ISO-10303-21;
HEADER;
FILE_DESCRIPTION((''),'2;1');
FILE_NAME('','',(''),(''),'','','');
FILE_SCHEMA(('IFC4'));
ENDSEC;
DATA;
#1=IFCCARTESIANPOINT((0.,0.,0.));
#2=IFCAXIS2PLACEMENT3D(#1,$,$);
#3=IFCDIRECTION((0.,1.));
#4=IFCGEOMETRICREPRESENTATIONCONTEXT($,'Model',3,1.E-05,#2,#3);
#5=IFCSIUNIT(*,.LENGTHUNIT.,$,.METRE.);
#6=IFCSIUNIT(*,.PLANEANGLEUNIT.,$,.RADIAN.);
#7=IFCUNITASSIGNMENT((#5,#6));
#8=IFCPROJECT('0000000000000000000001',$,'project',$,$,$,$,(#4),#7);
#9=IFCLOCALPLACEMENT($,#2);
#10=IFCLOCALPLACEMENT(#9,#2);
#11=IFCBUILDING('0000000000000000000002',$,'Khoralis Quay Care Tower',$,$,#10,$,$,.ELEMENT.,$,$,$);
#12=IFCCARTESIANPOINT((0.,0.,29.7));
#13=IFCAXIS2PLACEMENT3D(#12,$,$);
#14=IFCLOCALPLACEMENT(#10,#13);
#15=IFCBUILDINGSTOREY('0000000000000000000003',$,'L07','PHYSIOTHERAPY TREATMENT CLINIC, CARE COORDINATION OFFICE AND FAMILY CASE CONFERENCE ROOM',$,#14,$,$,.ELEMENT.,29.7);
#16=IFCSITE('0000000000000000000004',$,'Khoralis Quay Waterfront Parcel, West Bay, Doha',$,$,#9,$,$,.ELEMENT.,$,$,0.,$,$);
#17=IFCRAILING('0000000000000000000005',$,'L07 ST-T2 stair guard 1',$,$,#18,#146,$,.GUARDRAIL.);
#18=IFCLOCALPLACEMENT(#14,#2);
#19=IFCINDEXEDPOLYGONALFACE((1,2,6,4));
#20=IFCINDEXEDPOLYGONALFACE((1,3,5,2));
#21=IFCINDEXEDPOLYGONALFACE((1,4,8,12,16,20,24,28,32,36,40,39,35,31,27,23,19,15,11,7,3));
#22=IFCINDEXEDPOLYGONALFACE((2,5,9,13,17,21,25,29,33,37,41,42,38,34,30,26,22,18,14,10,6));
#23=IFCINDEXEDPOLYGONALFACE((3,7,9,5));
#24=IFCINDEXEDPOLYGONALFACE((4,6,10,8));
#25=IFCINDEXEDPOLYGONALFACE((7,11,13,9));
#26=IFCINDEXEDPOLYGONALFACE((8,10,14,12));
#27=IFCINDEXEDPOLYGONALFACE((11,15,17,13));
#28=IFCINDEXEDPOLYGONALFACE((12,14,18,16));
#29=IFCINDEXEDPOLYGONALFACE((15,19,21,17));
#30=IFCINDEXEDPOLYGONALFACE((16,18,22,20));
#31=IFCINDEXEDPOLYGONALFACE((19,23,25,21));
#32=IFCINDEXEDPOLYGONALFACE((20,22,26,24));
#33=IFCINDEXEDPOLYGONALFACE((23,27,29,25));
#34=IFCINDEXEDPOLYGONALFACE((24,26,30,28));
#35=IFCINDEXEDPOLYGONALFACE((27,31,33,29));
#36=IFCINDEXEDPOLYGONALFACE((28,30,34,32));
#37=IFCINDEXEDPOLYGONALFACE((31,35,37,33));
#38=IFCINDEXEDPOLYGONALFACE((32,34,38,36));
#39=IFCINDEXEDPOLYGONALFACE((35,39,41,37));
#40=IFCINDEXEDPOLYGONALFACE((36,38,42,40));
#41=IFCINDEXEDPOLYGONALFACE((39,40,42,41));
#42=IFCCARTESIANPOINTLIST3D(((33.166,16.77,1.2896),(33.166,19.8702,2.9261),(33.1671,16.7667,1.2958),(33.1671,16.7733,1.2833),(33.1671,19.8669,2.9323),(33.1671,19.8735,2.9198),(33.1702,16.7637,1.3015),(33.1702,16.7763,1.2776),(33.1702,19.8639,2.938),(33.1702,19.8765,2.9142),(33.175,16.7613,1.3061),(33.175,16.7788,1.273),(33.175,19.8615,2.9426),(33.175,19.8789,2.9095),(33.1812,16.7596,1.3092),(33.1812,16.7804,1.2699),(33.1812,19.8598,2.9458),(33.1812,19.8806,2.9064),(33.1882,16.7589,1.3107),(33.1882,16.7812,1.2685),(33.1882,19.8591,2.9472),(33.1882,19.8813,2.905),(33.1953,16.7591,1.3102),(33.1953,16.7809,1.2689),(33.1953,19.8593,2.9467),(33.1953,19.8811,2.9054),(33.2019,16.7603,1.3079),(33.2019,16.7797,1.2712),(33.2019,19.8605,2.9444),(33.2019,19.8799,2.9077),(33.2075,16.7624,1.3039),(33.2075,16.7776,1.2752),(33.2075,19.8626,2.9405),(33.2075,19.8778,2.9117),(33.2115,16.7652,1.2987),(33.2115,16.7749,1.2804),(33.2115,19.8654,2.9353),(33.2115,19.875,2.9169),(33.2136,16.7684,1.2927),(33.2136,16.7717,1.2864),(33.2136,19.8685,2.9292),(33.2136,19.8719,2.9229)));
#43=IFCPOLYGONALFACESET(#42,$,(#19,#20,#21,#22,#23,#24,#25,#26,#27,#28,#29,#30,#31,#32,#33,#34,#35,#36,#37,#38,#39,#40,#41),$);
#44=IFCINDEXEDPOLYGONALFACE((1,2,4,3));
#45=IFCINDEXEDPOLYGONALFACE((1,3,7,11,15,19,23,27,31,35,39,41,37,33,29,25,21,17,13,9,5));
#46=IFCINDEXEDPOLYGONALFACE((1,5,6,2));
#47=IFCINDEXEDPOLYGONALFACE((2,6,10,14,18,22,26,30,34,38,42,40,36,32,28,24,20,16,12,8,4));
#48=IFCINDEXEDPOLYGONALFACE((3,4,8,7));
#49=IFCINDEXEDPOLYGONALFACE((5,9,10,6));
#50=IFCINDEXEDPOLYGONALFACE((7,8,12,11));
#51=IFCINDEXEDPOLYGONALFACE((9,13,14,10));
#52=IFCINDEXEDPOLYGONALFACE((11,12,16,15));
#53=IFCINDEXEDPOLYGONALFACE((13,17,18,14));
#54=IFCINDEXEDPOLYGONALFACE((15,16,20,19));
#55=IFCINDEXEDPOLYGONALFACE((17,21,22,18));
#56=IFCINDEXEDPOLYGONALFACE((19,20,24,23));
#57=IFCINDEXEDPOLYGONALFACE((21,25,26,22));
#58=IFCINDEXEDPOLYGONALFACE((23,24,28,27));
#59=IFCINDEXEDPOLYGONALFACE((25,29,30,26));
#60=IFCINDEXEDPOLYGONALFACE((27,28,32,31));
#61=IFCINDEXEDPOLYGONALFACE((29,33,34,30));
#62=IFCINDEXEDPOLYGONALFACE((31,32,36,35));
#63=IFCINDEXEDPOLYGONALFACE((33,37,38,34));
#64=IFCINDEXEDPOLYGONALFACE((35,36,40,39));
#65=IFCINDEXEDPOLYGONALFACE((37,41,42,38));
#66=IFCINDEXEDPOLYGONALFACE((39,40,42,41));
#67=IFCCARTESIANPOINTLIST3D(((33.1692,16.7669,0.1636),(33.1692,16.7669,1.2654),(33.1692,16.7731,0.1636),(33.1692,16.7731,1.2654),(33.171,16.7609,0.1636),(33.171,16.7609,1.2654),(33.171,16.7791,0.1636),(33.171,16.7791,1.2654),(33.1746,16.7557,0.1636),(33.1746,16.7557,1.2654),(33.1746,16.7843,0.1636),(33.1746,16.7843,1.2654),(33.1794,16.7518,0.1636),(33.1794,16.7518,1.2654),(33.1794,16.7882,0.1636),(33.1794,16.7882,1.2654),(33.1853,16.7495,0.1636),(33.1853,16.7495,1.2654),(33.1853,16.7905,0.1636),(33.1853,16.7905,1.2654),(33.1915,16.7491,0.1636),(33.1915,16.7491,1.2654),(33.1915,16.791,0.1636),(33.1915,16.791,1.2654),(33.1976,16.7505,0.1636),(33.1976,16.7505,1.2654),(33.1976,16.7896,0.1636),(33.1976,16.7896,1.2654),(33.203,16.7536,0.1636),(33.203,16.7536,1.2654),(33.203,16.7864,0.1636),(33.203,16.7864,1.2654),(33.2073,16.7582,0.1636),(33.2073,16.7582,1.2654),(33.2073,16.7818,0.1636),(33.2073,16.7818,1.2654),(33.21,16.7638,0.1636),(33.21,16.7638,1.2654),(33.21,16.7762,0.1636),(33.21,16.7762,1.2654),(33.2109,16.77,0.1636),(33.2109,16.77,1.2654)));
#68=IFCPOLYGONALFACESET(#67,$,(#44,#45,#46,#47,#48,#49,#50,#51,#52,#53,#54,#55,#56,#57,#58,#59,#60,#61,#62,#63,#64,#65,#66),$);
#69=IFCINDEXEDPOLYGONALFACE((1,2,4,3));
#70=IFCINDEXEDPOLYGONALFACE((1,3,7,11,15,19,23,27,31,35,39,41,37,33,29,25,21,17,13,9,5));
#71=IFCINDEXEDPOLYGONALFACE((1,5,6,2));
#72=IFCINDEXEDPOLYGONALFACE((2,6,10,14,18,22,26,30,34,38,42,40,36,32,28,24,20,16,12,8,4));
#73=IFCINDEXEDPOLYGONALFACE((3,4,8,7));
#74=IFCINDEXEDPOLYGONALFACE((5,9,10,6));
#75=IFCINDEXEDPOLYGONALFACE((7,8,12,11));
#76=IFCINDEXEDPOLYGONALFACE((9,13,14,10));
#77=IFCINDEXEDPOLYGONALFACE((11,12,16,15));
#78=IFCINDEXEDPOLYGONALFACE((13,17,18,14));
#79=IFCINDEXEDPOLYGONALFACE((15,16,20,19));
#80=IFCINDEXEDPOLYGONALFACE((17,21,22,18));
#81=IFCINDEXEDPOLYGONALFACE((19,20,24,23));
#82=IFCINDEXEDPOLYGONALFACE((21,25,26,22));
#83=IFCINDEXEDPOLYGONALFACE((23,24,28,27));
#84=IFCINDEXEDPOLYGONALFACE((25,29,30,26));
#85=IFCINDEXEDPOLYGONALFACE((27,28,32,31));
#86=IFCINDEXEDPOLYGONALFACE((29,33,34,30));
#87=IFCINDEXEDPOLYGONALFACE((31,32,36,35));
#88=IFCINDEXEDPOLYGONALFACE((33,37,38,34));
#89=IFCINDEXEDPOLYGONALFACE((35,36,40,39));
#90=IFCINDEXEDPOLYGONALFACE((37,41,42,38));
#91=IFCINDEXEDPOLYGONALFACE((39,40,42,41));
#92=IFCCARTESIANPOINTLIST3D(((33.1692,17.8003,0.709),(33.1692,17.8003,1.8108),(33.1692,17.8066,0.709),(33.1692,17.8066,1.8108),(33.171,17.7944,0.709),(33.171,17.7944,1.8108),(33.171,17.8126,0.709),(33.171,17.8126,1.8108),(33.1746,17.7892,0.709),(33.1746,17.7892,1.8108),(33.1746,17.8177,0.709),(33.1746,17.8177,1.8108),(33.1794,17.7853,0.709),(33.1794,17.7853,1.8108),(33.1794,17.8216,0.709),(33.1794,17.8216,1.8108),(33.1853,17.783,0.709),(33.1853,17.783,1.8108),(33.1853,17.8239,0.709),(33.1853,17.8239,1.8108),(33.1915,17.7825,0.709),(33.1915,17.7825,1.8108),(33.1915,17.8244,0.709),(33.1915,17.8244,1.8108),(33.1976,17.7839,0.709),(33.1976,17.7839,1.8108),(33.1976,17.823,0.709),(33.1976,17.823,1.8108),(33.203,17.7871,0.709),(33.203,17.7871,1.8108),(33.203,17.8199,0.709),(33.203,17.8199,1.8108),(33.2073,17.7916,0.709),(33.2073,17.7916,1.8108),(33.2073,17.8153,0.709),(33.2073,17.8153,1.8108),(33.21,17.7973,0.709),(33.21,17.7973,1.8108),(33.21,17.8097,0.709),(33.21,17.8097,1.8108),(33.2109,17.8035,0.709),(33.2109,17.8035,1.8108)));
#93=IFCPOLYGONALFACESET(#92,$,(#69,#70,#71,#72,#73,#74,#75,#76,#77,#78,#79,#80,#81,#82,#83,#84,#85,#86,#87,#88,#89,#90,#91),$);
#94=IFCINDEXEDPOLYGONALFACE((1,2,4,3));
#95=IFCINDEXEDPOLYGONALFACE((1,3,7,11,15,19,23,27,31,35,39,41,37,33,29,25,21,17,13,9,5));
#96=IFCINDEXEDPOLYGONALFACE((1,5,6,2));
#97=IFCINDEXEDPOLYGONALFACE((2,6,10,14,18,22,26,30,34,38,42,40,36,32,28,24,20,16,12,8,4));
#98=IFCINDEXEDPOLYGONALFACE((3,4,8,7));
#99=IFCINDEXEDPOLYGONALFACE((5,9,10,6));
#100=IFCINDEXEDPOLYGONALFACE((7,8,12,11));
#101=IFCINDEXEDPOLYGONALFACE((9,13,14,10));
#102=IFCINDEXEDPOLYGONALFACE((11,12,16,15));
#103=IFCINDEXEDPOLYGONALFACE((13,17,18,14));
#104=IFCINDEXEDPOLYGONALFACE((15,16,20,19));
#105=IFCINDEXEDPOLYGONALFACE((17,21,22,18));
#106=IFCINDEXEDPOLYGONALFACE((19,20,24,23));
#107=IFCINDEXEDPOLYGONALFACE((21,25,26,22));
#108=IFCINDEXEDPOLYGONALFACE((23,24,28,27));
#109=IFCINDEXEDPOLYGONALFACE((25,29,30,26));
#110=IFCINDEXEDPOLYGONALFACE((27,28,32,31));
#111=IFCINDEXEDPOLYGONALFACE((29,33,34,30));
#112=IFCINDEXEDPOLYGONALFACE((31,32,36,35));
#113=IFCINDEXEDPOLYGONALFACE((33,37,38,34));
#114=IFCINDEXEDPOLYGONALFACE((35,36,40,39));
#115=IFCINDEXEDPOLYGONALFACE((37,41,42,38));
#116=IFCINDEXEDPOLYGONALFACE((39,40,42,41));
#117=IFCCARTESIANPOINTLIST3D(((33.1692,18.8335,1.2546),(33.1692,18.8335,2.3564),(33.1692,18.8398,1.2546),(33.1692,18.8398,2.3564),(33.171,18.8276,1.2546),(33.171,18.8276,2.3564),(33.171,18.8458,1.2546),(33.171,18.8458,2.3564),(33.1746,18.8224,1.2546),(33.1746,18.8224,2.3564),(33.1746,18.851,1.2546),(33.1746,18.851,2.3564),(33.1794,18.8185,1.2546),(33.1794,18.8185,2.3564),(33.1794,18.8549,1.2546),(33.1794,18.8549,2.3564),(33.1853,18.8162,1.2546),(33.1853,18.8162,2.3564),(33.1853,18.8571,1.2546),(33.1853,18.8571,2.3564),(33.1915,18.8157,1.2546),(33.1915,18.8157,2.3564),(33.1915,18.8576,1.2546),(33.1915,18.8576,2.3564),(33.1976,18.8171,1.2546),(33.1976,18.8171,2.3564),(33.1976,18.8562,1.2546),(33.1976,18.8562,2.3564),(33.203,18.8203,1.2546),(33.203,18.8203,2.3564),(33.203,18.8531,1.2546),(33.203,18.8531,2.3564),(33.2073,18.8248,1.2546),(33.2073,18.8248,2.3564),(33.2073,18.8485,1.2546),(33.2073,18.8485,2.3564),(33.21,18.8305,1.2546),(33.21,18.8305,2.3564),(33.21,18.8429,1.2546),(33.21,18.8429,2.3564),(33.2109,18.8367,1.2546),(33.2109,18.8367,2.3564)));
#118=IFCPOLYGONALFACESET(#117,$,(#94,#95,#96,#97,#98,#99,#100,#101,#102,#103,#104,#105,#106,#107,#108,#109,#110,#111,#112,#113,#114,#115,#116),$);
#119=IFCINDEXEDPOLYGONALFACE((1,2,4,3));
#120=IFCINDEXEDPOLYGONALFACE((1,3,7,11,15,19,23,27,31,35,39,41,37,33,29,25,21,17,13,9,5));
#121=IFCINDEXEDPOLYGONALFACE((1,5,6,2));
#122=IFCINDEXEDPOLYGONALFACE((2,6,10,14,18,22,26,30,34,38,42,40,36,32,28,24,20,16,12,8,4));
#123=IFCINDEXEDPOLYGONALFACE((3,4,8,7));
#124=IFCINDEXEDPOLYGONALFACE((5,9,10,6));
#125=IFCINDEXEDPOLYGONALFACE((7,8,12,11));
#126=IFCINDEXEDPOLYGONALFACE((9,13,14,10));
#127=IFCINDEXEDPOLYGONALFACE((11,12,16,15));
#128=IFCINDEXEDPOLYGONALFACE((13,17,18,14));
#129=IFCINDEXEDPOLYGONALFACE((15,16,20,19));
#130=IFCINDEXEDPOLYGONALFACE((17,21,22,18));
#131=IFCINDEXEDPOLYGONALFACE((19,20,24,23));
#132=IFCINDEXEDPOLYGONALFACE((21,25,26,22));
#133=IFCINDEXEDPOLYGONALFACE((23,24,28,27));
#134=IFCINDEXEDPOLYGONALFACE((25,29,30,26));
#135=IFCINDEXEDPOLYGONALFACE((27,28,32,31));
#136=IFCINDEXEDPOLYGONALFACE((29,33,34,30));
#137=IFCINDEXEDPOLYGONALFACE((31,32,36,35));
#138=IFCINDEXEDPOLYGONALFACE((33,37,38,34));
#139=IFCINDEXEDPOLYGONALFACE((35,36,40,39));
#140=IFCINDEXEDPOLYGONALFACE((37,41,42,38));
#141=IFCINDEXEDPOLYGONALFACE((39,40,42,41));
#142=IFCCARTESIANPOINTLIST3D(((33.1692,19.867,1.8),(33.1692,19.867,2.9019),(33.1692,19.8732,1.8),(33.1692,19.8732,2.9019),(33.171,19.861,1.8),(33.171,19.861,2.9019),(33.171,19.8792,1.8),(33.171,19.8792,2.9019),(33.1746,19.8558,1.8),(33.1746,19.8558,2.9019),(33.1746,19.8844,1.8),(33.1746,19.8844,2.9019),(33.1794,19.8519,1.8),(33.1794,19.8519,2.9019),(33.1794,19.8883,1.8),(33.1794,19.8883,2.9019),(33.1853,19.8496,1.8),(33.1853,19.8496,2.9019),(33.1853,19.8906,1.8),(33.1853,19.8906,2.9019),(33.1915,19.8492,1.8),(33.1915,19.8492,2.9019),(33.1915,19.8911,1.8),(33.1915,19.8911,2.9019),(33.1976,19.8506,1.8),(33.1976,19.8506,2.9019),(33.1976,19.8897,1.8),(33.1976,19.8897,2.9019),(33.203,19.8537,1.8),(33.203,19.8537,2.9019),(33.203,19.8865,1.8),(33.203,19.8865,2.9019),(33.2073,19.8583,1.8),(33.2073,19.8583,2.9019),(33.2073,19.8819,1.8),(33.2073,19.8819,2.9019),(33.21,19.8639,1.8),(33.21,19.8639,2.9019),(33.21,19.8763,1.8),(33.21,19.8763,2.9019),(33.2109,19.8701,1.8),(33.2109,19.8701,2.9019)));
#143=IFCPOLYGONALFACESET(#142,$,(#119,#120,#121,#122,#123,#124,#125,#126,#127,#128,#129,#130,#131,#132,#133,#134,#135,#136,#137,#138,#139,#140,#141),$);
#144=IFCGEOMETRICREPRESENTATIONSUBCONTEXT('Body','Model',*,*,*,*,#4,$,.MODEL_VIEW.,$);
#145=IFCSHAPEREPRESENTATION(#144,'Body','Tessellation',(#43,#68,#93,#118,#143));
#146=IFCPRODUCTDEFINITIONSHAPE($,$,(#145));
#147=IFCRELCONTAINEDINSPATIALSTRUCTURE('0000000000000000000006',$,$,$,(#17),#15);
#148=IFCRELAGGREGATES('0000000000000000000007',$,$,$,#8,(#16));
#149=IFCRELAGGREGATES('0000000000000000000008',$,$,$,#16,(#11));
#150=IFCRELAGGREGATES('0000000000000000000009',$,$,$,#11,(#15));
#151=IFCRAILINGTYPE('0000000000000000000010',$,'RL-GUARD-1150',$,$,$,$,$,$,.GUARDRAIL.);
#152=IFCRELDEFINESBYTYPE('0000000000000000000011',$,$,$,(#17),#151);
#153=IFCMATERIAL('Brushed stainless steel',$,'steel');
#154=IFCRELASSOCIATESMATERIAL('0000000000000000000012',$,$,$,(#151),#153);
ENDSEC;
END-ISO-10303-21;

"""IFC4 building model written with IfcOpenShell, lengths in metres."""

from ifc_helpers import new_model, si_unit, direction, frame, origin, origin_2d, place, context, subcontext, project, spatial, circle, extrude, material, type_object, element, save


model = new_model("IFC4")

# Units and contexts
model_context = context("Model", 3, precision=1e-05, world=origin(), true_north=direction((0.0, 1.0)))
body_context = subcontext(model_context, "Body", "Model", "MODEL_VIEW")
ifc_project = project(units=[si_unit("LENGTHUNIT", "METRE"), si_unit("PLANEANGLEUNIT", "RADIAN")], contexts=[model_context])

# Site, building, storey
site_placement = place(None, origin())
site = spatial("IfcSite", under=ifc_project, at=site_placement, Name="Khoralis Quay Waterfront Parcel, West Bay, Doha", CompositionType="ELEMENT", RefElevation=0.0)
building_placement = place(site_placement, origin())
building = spatial("IfcBuilding", under=site, at=building_placement, Name="Khoralis Quay Care Tower", CompositionType="ELEMENT")
storey_placement = place(building_placement, frame((0.0, 0.0, 29.7)))
storey = spatial("IfcBuildingStorey", under=building, at=storey_placement, Name="L07", Description="PHYSIOTHERAPY TREATMENT CLINIC, CARE COORDINATION OFFICE AND FAMILY CASE CONFERENCE ROOM", CompositionType="ELEMENT", Elevation=29.7)

# Shared definitions
ifc_material_1 = material(Name="Brushed stainless steel", Category="steel")

# Railing
railing_type_1 = type_object("IfcRailingType", Name="RL-GUARD-1150", PredefinedType="GUARDRAIL", material=ifc_material_1)
railing_1_placement = place(storey_placement, frame((33.1899, 16.77, 0.1636)))
element("IfcRailing", 1, at=railing_1_placement, inside=storey, type_object=railing_type_1, Name="L07 ST-T2 stair guard 1", PredefinedType="GUARDRAIL", context=body_context, shape_type="SweptSolid", body=[
    extrude(circle(Radius=0.0239, at=origin_2d()), frame((0.0, 0.0, 1.126), z_axis=(0.0, 0.884348, 0.466828), x_axis=(-1.0, 0.0, 0.0)), (0.0, 0.0, 1.0), 3.5056),
    extrude(circle(Radius=0.021, at=origin_2d()), origin(), (0.0, 0.0, 1.0), 1.1018),
    extrude(circle(Radius=0.021, at=origin_2d()), frame((0.0, 1.0334, 0.5454)), (0.0, 0.0, 1.0), 1.1018),
    extrude(circle(Radius=0.021, at=origin_2d()), frame((0.0, 2.0667, 1.0911)), (0.0, 0.0, 1.0), 1.1018),
    extrude(circle(Radius=0.021, at=origin_2d()), frame((0.0, 3.1001, 1.6365)), (0.0, 0.0, 1.0), 1.1018),
])

save(model, "model.ifc")
